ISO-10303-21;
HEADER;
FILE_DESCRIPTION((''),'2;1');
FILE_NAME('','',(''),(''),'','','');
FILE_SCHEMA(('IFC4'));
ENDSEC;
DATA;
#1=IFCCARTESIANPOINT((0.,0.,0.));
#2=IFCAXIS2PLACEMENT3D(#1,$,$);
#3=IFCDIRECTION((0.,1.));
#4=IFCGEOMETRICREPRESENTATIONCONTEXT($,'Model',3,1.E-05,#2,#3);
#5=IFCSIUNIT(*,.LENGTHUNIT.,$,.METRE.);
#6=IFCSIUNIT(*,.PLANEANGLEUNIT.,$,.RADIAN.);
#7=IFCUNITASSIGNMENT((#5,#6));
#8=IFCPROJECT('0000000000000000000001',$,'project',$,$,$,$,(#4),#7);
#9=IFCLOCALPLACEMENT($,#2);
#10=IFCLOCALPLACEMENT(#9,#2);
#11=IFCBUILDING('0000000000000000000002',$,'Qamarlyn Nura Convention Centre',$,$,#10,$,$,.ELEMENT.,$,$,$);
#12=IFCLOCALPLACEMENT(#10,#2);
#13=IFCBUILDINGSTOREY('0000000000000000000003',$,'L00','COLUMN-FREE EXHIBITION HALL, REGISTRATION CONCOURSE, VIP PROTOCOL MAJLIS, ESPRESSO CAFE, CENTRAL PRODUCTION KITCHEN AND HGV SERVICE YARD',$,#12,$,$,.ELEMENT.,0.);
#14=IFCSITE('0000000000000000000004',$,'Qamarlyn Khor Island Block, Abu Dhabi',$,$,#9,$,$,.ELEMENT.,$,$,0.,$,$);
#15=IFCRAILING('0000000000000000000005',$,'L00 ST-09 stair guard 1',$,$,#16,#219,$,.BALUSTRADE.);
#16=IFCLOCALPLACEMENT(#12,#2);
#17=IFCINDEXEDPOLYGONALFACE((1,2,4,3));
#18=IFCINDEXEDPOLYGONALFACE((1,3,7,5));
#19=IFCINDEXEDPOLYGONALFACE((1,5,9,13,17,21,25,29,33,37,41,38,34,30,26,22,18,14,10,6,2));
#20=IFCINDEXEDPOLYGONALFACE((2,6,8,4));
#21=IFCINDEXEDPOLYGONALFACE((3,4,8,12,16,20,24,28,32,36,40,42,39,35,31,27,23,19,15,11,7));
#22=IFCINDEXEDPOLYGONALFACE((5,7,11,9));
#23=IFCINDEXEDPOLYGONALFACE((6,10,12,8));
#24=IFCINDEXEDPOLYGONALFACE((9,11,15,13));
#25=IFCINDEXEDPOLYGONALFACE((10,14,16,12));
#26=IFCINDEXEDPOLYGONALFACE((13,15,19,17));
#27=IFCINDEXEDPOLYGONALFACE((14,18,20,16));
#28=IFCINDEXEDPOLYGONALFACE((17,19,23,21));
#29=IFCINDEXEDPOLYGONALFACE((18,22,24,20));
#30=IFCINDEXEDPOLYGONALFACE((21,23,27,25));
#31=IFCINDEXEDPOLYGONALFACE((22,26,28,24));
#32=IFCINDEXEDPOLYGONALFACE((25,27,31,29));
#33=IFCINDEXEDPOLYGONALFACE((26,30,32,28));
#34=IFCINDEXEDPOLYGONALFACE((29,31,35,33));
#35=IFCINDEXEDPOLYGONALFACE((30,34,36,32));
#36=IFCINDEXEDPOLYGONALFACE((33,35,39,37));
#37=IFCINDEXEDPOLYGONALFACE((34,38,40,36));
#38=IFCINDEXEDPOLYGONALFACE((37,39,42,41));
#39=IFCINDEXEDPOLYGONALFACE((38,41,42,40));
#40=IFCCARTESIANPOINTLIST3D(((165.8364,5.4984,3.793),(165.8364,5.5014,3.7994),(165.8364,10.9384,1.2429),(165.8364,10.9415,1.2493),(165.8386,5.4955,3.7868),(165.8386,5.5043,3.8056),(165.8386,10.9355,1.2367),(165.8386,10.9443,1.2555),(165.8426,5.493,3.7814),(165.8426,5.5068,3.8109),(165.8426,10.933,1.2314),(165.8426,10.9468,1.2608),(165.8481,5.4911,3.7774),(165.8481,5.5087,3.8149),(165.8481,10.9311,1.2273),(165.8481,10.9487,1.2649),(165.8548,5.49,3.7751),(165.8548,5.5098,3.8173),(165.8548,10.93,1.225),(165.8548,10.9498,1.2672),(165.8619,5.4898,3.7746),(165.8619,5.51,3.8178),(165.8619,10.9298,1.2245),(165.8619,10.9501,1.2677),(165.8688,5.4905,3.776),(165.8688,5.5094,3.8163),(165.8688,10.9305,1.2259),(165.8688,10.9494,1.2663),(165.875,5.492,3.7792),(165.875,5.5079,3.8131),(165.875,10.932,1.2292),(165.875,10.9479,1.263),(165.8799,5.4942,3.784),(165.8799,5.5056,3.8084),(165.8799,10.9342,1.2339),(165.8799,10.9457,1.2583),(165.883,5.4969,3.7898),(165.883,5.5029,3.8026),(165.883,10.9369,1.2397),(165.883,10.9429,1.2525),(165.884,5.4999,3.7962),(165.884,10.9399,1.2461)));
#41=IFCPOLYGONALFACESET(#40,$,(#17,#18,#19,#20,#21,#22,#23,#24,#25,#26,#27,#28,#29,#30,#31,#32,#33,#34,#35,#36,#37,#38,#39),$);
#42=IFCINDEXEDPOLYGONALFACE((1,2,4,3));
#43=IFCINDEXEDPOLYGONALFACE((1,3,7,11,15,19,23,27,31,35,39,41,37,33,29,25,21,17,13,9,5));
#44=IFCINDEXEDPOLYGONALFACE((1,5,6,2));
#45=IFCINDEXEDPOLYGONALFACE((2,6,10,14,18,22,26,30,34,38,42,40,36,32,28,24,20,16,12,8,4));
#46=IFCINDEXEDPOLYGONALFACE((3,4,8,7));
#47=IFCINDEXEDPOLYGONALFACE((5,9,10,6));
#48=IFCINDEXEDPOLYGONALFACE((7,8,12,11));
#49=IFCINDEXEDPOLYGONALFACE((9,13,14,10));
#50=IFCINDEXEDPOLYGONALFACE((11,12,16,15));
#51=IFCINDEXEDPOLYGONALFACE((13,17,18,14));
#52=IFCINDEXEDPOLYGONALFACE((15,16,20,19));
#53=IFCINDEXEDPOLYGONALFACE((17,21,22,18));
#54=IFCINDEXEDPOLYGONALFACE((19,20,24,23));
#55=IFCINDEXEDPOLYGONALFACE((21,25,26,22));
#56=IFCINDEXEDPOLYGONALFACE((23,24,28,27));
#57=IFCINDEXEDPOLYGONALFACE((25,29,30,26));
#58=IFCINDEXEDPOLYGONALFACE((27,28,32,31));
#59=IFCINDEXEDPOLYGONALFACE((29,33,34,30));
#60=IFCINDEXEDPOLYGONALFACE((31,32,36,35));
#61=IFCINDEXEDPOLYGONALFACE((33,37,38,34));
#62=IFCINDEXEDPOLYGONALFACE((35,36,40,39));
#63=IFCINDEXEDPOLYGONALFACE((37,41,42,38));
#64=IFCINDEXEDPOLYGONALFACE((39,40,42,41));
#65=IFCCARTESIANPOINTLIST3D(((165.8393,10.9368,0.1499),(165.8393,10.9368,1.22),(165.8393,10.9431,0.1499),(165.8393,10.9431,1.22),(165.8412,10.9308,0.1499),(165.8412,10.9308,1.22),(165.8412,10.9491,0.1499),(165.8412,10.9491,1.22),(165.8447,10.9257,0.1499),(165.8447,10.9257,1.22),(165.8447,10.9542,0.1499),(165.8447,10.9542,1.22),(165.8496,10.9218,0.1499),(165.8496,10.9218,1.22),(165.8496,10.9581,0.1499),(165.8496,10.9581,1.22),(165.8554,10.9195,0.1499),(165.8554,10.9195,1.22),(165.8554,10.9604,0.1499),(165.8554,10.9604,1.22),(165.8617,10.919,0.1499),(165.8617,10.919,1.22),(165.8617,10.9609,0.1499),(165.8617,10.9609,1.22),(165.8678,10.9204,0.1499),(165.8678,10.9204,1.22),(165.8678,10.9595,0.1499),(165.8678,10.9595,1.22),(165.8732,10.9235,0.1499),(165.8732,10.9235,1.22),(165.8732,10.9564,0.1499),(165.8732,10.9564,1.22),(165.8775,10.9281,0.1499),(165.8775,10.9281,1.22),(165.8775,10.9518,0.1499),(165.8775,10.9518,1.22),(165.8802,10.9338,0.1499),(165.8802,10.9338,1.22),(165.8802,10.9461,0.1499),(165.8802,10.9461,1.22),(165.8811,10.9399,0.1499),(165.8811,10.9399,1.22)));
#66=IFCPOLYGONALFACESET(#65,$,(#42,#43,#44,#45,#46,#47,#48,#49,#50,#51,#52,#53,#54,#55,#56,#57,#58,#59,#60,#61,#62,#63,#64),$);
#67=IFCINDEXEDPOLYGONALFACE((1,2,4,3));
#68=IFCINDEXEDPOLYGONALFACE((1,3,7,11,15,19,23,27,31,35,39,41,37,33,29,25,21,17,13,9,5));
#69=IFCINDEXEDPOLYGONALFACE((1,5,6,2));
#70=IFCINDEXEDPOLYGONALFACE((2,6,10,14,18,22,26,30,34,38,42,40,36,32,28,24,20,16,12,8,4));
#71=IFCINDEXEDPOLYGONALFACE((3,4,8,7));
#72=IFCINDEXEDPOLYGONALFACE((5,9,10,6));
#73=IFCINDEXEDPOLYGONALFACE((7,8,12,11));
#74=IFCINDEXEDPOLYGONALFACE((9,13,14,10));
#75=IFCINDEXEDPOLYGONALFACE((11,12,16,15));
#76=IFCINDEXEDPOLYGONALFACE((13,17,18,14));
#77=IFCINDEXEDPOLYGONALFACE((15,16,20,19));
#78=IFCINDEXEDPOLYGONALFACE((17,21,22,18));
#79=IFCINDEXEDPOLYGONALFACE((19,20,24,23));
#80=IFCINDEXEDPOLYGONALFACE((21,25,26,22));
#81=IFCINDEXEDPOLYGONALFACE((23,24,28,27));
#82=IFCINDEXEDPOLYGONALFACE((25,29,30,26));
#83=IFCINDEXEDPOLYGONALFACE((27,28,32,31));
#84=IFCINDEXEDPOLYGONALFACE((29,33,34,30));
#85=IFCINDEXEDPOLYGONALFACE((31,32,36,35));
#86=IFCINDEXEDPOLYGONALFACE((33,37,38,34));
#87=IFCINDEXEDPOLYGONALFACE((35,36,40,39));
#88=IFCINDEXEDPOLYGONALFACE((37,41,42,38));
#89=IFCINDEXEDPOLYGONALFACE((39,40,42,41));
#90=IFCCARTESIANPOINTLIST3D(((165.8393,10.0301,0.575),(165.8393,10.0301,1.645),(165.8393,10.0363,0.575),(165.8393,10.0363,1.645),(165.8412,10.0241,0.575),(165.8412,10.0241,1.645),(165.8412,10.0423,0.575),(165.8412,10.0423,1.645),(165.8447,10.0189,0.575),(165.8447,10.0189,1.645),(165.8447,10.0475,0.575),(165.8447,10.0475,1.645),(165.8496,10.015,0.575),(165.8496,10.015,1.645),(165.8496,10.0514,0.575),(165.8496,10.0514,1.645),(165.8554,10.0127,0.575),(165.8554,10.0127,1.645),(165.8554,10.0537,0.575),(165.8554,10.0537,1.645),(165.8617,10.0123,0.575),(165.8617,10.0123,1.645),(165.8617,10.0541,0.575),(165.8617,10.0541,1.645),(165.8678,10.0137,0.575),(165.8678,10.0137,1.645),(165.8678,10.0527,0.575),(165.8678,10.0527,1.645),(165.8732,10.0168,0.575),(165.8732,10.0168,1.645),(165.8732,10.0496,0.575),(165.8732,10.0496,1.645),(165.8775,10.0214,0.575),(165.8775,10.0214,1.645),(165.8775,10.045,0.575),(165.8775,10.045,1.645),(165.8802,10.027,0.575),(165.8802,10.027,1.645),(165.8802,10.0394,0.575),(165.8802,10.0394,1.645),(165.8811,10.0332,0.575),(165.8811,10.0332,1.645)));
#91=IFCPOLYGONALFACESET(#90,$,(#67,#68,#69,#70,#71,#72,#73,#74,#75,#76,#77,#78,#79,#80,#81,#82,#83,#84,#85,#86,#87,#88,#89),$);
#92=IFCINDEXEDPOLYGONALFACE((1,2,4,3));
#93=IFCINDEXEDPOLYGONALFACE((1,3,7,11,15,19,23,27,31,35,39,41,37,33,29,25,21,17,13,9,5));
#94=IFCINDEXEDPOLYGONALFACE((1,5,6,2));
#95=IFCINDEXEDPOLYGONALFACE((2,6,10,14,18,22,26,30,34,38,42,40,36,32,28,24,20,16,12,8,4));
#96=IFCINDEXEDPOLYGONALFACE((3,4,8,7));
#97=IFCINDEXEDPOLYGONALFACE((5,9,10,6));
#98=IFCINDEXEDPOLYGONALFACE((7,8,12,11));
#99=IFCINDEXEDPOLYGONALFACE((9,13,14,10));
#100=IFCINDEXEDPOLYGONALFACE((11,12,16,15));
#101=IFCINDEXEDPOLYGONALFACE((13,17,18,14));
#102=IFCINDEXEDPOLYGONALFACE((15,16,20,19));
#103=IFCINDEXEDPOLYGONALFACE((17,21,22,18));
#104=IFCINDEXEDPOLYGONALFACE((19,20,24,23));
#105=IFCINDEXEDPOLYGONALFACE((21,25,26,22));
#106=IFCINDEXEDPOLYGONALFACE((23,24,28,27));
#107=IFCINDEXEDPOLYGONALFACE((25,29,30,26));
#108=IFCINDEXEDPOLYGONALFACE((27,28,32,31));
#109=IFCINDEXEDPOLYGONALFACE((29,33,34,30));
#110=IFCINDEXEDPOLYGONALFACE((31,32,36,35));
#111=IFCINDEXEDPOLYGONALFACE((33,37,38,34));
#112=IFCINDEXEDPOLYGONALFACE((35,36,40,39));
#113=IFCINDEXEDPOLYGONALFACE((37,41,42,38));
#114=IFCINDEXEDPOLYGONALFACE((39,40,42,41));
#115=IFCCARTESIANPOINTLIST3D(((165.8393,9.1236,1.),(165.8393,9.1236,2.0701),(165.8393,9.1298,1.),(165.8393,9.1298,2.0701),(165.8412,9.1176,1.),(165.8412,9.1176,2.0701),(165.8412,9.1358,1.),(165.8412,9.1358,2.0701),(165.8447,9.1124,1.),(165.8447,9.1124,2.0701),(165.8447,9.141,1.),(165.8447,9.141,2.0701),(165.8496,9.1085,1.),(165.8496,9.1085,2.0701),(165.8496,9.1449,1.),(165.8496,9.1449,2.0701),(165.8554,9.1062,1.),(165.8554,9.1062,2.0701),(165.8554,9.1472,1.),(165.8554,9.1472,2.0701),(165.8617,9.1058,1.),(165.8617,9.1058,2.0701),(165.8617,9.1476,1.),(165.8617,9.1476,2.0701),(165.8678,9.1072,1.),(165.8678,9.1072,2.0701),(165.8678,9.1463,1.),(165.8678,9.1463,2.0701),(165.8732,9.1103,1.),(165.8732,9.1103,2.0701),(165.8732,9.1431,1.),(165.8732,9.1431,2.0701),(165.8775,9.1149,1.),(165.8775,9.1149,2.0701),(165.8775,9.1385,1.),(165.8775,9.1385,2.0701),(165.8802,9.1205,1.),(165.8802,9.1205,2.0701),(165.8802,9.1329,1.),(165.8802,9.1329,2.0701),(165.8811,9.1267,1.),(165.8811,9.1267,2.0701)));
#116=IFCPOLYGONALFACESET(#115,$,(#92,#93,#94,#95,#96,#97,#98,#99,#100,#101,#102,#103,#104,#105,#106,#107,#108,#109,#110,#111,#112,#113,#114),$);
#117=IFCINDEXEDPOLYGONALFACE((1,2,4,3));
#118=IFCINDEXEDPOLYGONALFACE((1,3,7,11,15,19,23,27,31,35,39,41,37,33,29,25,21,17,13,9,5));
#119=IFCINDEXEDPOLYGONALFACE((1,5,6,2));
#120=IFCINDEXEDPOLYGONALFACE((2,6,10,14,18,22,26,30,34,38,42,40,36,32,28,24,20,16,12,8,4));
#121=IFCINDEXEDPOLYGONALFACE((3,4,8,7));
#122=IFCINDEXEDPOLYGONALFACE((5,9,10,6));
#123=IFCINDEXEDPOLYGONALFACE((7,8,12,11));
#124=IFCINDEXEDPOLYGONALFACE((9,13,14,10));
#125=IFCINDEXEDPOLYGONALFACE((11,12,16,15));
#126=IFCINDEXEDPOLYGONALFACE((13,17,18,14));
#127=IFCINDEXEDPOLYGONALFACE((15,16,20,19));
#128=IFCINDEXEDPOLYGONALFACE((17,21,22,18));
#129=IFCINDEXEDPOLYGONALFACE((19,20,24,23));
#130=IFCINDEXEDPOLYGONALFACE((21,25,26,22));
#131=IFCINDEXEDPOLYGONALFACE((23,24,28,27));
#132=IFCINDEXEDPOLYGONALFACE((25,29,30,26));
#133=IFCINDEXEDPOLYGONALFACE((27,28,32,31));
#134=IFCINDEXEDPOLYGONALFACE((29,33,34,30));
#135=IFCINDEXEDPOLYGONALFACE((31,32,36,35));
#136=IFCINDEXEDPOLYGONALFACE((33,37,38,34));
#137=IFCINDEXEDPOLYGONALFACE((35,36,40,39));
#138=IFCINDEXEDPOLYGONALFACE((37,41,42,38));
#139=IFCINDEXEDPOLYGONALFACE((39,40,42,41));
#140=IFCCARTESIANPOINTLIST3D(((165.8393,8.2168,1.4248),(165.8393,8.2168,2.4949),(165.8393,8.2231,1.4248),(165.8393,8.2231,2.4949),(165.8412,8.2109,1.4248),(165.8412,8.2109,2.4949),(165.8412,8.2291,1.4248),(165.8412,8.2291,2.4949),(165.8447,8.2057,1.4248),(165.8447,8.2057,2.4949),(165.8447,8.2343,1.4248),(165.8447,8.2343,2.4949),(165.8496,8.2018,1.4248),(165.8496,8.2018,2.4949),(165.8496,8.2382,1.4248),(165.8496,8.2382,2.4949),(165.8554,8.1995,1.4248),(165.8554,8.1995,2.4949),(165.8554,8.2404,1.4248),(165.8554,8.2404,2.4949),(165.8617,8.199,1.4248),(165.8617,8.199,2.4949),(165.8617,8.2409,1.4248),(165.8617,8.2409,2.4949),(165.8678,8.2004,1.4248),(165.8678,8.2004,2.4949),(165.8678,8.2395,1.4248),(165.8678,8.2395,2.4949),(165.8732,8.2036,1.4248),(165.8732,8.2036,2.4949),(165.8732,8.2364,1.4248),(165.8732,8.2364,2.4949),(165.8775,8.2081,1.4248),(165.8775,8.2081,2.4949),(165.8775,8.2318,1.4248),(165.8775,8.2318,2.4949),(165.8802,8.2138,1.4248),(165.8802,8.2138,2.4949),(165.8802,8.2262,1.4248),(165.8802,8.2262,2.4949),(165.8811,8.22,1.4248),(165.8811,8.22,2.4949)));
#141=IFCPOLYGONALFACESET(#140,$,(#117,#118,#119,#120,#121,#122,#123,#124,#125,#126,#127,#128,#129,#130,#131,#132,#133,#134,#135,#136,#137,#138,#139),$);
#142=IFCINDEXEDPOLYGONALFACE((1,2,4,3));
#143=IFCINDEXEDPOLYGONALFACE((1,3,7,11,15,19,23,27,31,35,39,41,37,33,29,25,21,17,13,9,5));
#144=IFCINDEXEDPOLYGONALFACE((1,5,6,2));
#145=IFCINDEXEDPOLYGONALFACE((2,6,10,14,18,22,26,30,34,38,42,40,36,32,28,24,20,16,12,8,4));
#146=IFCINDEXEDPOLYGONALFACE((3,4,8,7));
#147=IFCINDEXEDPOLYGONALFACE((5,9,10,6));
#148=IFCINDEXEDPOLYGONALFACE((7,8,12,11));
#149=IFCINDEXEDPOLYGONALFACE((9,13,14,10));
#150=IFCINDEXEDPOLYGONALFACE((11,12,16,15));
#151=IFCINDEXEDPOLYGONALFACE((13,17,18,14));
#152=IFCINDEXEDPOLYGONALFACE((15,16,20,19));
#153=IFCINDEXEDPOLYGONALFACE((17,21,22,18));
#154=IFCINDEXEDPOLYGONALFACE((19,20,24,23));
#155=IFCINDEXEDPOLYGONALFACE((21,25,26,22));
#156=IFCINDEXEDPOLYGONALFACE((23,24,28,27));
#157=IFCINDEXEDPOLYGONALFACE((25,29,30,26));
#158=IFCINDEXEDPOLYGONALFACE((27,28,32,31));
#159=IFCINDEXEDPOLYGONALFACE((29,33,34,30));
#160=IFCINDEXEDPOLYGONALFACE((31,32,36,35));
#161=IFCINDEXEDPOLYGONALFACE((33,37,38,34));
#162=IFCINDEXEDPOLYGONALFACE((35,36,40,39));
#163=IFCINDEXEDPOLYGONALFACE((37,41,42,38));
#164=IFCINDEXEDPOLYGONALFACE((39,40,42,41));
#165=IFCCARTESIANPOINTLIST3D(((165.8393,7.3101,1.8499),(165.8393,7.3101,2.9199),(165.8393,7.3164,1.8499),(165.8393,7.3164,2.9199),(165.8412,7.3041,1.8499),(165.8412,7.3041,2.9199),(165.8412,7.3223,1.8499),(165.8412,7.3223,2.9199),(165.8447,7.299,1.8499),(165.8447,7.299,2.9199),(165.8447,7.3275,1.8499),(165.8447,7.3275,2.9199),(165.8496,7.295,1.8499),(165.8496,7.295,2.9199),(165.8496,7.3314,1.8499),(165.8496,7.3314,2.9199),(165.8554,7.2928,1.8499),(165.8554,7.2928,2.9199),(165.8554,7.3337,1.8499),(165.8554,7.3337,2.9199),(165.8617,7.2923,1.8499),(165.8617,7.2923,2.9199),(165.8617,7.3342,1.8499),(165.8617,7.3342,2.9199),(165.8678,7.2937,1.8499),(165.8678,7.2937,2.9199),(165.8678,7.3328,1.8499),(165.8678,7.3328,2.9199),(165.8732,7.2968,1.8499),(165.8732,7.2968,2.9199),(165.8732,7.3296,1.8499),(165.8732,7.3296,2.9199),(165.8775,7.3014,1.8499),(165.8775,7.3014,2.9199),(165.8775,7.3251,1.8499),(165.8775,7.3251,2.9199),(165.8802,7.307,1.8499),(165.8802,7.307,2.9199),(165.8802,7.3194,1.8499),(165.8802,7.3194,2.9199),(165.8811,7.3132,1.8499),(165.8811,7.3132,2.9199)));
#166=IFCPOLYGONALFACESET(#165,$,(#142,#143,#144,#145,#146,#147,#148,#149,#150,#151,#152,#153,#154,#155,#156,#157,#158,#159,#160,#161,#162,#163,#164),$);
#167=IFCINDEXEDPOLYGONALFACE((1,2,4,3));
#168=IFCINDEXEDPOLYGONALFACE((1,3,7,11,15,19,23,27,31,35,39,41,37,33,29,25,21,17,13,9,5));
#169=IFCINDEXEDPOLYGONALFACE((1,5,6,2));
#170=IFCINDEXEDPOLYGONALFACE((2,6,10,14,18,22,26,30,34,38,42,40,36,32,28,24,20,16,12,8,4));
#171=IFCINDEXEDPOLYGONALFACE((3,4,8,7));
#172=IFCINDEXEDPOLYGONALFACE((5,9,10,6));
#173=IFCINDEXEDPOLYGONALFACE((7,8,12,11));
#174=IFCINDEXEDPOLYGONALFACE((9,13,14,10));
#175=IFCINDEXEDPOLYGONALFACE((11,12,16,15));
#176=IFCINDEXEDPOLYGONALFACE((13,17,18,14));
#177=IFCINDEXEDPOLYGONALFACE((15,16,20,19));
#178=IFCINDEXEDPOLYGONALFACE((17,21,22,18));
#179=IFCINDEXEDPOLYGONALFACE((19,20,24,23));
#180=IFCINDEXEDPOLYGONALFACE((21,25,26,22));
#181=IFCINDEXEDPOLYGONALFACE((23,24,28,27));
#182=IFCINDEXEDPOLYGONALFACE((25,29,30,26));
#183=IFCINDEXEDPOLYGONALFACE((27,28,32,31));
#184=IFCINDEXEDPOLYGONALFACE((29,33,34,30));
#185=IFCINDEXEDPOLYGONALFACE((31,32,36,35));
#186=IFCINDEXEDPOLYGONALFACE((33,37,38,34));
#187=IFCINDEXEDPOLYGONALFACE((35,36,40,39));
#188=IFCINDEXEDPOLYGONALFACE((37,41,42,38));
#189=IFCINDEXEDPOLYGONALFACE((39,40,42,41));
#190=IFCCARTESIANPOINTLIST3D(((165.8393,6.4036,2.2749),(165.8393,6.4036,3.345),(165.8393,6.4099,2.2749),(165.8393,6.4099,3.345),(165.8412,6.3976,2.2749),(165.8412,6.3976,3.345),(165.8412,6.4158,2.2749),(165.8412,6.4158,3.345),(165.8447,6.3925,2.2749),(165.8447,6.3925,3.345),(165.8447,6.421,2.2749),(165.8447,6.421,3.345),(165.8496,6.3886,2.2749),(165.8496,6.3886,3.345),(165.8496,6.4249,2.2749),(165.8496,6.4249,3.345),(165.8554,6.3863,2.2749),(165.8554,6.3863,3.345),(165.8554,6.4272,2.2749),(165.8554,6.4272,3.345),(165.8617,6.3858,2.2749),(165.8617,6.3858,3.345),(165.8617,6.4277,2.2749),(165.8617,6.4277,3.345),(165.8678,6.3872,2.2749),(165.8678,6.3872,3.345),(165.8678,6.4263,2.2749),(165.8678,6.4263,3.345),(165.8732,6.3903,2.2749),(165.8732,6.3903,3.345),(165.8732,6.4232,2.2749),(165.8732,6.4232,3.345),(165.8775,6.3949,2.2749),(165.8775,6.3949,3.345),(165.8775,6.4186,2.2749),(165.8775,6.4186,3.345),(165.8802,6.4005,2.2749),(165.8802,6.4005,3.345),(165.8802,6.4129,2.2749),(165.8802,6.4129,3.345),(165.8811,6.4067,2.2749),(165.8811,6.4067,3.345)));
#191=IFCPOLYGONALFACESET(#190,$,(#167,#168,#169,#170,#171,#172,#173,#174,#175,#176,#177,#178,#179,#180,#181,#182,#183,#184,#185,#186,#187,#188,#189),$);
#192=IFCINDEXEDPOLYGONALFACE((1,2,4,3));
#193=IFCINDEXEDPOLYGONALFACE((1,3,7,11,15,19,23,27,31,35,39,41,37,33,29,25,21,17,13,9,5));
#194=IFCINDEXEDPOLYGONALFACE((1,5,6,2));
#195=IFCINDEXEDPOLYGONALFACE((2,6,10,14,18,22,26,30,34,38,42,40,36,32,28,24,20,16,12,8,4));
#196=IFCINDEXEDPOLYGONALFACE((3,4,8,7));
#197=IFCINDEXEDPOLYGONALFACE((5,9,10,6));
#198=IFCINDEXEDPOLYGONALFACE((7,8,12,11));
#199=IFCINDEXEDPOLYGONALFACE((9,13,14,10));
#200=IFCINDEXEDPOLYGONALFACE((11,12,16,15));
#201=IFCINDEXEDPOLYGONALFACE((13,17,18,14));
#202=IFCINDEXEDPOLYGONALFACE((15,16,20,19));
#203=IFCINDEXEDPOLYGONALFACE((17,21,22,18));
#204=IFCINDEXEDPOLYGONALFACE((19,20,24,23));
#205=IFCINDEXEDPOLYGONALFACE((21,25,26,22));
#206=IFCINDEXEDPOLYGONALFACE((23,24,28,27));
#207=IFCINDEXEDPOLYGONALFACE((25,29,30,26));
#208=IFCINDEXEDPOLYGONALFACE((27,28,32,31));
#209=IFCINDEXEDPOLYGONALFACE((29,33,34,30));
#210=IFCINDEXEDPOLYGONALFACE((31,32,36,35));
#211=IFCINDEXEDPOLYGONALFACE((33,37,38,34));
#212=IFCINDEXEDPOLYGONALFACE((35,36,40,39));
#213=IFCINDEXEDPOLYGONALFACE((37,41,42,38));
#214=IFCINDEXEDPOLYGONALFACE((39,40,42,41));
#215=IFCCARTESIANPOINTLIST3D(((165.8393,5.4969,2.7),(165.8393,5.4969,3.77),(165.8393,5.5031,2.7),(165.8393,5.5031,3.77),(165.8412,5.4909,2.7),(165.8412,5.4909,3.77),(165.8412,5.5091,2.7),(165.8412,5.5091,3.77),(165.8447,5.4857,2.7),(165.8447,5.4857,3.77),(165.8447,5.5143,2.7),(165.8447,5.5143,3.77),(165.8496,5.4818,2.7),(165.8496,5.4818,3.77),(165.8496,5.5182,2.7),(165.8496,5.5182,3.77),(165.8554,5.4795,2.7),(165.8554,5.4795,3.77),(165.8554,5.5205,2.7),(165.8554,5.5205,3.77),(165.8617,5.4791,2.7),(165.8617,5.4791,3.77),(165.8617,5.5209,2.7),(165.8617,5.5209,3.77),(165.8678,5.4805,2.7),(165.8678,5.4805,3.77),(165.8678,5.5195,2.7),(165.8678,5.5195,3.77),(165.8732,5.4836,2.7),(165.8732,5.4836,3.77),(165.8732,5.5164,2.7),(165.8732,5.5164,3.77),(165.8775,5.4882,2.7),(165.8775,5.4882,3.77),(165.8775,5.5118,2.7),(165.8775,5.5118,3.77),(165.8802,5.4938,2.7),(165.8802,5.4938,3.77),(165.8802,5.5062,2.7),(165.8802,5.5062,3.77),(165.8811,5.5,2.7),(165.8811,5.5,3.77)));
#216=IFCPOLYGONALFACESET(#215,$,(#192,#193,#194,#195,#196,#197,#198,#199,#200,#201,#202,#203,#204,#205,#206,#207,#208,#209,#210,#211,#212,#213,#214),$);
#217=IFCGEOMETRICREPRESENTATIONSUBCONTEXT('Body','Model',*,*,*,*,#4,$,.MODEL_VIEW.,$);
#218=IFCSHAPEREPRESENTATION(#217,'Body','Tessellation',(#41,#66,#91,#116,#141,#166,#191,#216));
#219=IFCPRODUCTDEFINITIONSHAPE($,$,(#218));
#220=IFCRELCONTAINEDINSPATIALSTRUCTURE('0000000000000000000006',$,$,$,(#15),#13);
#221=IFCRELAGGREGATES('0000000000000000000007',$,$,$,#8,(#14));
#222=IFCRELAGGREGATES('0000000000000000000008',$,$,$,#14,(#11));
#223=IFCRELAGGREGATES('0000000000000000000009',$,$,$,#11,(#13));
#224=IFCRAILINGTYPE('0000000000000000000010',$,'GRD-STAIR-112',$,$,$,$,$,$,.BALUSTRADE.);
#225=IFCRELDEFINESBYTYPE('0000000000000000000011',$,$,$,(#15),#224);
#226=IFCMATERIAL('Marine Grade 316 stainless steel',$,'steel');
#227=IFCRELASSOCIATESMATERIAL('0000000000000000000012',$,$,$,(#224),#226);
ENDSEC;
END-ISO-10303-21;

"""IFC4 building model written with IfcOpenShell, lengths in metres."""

from ifc_helpers import new_model, si_unit, direction, frame, origin, origin_2d, place, context, subcontext, project, spatial, circle, extrude, material, type_object, element, save


model = new_model("IFC4")

# Units and contexts
model_context = context("Model", 3, precision=1e-05, world=origin(), true_north=direction((0.0, 1.0)))
body_context = subcontext(model_context, "Body", "Model", "MODEL_VIEW")
ifc_project = project(units=[si_unit("LENGTHUNIT", "METRE"), si_unit("PLANEANGLEUNIT", "RADIAN")], contexts=[model_context])

# Site, building, storey
site_placement = place(None, origin())
site = spatial("IfcSite", under=ifc_project, at=site_placement, Name="Qamarlyn Khor Island Block, Abu Dhabi", CompositionType="ELEMENT", RefElevation=0.0)
building_placement = place(site_placement, origin())
building = spatial("IfcBuilding", under=site, at=building_placement, Name="Qamarlyn Nura Convention Centre", CompositionType="ELEMENT")
storey_placement = place(building_placement, origin())
storey = spatial("IfcBuildingStorey", under=building, at=storey_placement, Name="L00", Description="COLUMN-FREE EXHIBITION HALL, REGISTRATION CONCOURSE, VIP PROTOCOL MAJLIS, ESPRESSO CAFE, CENTRAL PRODUCTION KITCHEN AND HGV SERVICE YARD", CompositionType="ELEMENT", Elevation=0.0)

# Shared definitions
ifc_material_1 = material(Name="Marine Grade 316 stainless steel", Category="steel")

# Railing
railing_type_1 = type_object("IfcRailingType", Name="GRD-STAIR-112", PredefinedType="BALUSTRADE", material=ifc_material_1)
railing_1_placement = place(storey_placement, frame((165.8601, 10.9399, 0.1499)))
element("IfcRailing", 1, at=railing_1_placement, inside=storey, type_object=railing_type_1, Name="L00 ST-09 stair guard 1", PredefinedType="BALUSTRADE", context=body_context, shape_type="SweptSolid", body=[
    extrude(circle(Radius=0.0239, at=origin_2d()), frame((0.0, 0.0, 1.0962), z_axis=(0.0, -0.905454, 0.424444), x_axis=(1.0, 0.0, 0.0)), (0.0, 0.0, 1.0), 6.0081),
    extrude(circle(Radius=0.021, at=origin_2d()), origin(), (0.0, 0.0, 1.0), 1.0701),
    extrude(circle(Radius=0.021, at=origin_2d()), frame((0.0, -0.9067, 0.425)), (0.0, 0.0, 1.0), 1.0701),
    extrude(circle(Radius=0.021, at=origin_2d()), frame((0.0, -1.8132, 0.8501)), (0.0, 0.0, 1.0), 1.0701),
    extrude(circle(Radius=0.021, at=origin_2d()), frame((0.0, -2.72, 1.2749)), (0.0, 0.0, 1.0), 1.0701),
    extrude(circle(Radius=0.021, at=origin_2d()), frame((0.0, -3.6267, 1.7)), (0.0, 0.0, 1.0), 1.0701),
    extrude(circle(Radius=0.021, at=origin_2d()), frame((0.0, -4.5332, 2.125)), (0.0, 0.0, 1.0), 1.0701),
    extrude(circle(Radius=0.021, at=origin_2d()), frame((0.0, -5.4399, 2.55)), (0.0, 0.0, 1.0), 1.0701),
])

save(model, "model.ifc")
